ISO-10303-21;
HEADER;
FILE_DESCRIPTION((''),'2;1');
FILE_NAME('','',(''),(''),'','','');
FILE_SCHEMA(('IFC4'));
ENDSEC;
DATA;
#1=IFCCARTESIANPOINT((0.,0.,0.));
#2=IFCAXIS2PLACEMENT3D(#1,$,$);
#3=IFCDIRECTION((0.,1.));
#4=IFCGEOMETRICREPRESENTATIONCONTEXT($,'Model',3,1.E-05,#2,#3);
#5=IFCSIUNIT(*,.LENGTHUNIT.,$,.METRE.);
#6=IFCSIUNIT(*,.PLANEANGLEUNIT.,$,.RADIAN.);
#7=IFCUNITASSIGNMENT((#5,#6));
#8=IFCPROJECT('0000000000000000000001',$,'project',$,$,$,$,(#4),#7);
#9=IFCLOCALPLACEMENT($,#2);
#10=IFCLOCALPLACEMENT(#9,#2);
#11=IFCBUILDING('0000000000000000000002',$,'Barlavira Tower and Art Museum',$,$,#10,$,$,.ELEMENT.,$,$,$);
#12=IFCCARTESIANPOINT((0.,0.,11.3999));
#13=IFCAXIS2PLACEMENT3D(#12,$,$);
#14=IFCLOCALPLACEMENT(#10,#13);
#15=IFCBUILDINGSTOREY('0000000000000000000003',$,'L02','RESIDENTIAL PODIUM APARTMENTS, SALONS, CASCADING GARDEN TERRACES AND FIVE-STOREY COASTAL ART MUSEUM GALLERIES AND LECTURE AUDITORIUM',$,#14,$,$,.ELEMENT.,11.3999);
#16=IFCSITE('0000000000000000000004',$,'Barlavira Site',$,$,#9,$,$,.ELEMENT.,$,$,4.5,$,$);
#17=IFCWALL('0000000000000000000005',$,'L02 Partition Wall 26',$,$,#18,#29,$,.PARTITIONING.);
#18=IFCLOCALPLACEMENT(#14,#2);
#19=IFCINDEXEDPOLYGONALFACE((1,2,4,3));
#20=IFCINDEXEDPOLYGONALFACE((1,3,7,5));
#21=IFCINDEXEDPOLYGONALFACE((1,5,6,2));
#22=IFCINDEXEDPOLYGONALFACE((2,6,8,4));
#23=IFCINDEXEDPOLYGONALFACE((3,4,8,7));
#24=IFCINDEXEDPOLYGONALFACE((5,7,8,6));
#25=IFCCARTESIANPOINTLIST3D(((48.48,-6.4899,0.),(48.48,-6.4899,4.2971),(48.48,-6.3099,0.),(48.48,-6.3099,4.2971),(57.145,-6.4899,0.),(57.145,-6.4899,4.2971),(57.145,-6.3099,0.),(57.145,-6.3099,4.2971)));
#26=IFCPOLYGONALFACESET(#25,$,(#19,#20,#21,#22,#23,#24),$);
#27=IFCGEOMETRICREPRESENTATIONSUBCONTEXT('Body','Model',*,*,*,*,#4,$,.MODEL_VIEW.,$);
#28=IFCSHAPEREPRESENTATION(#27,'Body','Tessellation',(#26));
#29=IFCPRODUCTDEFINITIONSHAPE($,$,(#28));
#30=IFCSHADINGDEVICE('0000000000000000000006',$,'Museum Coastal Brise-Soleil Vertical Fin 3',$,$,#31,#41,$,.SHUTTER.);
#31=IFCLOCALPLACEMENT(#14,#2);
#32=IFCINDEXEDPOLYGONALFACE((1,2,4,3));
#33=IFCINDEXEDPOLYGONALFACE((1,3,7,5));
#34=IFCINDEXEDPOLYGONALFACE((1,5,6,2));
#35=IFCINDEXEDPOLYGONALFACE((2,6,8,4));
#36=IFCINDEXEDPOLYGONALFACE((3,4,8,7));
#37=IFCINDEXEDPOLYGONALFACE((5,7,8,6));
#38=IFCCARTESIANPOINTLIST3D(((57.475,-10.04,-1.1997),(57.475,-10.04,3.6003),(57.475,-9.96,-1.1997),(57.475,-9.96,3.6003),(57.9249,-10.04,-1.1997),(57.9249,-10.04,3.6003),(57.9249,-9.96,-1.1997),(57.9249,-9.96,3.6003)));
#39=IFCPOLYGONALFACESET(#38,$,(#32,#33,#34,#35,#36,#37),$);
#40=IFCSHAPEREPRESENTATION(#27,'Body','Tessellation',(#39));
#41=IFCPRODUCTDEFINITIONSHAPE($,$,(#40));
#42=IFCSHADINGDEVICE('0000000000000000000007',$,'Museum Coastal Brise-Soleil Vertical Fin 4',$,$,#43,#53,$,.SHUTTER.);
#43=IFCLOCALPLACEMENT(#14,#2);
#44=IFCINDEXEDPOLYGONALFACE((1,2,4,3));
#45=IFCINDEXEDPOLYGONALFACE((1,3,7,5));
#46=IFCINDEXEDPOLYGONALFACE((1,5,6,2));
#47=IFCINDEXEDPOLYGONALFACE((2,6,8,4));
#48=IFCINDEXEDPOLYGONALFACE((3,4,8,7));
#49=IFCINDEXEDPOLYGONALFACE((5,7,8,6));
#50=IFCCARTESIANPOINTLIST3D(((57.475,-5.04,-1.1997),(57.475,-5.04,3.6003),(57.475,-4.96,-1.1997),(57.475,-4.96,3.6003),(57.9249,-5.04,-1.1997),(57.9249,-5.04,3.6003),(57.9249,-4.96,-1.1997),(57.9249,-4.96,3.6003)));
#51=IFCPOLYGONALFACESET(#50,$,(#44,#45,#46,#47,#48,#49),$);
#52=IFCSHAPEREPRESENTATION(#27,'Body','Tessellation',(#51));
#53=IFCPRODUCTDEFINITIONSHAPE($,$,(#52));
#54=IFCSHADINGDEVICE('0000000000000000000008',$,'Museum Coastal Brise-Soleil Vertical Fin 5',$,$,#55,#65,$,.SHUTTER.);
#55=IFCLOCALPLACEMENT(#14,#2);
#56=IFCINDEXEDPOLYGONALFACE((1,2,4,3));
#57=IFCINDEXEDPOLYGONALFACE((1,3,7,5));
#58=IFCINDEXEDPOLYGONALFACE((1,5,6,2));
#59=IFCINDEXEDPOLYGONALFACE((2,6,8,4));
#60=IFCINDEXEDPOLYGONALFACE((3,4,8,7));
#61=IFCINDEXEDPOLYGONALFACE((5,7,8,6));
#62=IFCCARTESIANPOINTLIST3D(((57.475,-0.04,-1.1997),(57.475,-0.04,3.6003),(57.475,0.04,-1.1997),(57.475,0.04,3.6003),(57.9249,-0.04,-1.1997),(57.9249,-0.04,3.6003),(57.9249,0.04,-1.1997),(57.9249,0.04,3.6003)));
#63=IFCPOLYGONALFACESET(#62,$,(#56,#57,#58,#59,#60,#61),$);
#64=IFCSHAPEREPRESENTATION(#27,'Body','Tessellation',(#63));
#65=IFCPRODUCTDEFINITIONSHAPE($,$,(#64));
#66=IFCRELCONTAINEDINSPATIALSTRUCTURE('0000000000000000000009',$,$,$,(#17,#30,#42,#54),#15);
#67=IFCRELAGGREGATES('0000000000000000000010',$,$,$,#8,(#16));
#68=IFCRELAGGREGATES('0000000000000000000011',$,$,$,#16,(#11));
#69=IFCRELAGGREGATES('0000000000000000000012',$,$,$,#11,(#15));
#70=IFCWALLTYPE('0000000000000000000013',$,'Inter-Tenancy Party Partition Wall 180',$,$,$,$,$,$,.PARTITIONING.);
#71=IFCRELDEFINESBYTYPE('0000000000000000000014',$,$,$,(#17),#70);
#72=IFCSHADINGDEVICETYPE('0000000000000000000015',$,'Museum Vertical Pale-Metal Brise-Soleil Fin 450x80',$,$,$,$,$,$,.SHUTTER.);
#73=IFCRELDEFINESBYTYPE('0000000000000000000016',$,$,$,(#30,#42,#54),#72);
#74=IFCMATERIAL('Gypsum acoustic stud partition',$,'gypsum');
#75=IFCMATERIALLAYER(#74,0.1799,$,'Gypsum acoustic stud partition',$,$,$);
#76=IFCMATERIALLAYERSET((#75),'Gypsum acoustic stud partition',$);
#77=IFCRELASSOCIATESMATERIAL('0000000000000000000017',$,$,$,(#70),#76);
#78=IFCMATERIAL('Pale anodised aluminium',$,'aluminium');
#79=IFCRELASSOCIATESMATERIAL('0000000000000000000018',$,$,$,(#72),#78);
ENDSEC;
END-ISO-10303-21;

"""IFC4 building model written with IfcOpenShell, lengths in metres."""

from ifc_helpers import new_model, si_unit, direction, frame, frame_2d, origin, origin_2d, place, context, subcontext, project, spatial, rectangle, extrude, material, layer, layer_set, type_object, element, save


model = new_model("IFC4")

# Units and contexts
model_context = context("Model", 3, precision=1e-05, world=origin(), true_north=direction((0.0, 1.0)))
body_context = subcontext(model_context, "Body", "Model", "MODEL_VIEW")
ifc_project = project(units=[si_unit("LENGTHUNIT", "METRE"), si_unit("PLANEANGLEUNIT", "RADIAN")], contexts=[model_context])

# Site, building, storey
site_placement = place(None, origin())
site = spatial("IfcSite", under=ifc_project, at=site_placement, Name="Barlavira Site", CompositionType="ELEMENT", RefElevation=4.5)
building_placement = place(site_placement, origin())
building = spatial("IfcBuilding", under=site, at=building_placement, Name="Barlavira Tower and Art Museum", CompositionType="ELEMENT")
storey_placement = place(building_placement, frame((0.0, 0.0, 11.3999)))
storey = spatial("IfcBuildingStorey", under=building, at=storey_placement, Name="L02", Description="RESIDENTIAL PODIUM APARTMENTS, SALONS, CASCADING GARDEN TERRACES AND FIVE-STOREY COASTAL ART MUSEUM GALLERIES AND LECTURE AUDITORIUM", CompositionType="ELEMENT", Elevation=11.3999)

# Wall
ifc_material_1 = material(Name="Gypsum acoustic stud partition", Category="gypsum")
ifc_layer = layer(ifc_material_1, 0.1799, Name="Gypsum acoustic stud partition")
ifc_layer_set = layer_set([ifc_layer], Name="Gypsum acoustic stud partition")
wall_type = type_object("IfcWallType", Name="Inter-Tenancy Party Partition Wall 180", PredefinedType="PARTITIONING", material=ifc_layer_set)
wall_1_placement = place(storey_placement, frame((48.48, -6.3999, 0.0), z_axis=(0.0, 0.0, 1.0), x_axis=(1.0, 0.0, 0.0)))
element("IfcWall", 1, at=wall_1_placement, inside=storey, type_object=wall_type, Name="L02 Partition Wall 26", PredefinedType="PARTITIONING", context=body_context, shape_type="SweptSolid", body=[
    extrude(rectangle(XDim=8.665, YDim=0.1799, at=frame_2d((4.3325, 0.0))), origin(), (0.0, 0.0, 1.0), 4.2971),
])

# Shading devices
ifc_material_2 = material(Name="Pale anodised aluminium", Category="aluminium")
shading_device_type = type_object("IfcShadingDeviceType", Name="Museum Vertical Pale-Metal Brise-Soleil Fin 450x80", PredefinedType="SHUTTER", material=ifc_material_2)
for number, where, z_axis, x_axis, name in (
    (2, (57.7, -10.0, -1.1997), (0.0, 0.0, 1.0), (1.0, 0.0, 0.0), "Museum Coastal Brise-Soleil Vertical Fin 3"),
    (3, (57.7, -5.0, -1.1997), (0.0, 0.0, 1.0), (1.0, 0.0, 0.0), "Museum Coastal Brise-Soleil Vertical Fin 4"),
    (4, (57.7, 0.0, -1.1997), (0.0, 0.0, 1.0), (1.0, 0.0, 0.0), "Museum Coastal Brise-Soleil Vertical Fin 5"),
):
    element("IfcShadingDevice", number, at=place(storey_placement, frame(where, z_axis=z_axis, x_axis=x_axis)), inside=storey, type_object=shading_device_type, Name=name, PredefinedType="SHUTTER", context=body_context, shape_type="SweptSolid", body=[
        extrude(rectangle(XDim=0.45, YDim=0.0801, at=origin_2d()), origin(), (0.0, 0.0, 1.0), 4.8),
    ])

save(model, "model.ifc")
